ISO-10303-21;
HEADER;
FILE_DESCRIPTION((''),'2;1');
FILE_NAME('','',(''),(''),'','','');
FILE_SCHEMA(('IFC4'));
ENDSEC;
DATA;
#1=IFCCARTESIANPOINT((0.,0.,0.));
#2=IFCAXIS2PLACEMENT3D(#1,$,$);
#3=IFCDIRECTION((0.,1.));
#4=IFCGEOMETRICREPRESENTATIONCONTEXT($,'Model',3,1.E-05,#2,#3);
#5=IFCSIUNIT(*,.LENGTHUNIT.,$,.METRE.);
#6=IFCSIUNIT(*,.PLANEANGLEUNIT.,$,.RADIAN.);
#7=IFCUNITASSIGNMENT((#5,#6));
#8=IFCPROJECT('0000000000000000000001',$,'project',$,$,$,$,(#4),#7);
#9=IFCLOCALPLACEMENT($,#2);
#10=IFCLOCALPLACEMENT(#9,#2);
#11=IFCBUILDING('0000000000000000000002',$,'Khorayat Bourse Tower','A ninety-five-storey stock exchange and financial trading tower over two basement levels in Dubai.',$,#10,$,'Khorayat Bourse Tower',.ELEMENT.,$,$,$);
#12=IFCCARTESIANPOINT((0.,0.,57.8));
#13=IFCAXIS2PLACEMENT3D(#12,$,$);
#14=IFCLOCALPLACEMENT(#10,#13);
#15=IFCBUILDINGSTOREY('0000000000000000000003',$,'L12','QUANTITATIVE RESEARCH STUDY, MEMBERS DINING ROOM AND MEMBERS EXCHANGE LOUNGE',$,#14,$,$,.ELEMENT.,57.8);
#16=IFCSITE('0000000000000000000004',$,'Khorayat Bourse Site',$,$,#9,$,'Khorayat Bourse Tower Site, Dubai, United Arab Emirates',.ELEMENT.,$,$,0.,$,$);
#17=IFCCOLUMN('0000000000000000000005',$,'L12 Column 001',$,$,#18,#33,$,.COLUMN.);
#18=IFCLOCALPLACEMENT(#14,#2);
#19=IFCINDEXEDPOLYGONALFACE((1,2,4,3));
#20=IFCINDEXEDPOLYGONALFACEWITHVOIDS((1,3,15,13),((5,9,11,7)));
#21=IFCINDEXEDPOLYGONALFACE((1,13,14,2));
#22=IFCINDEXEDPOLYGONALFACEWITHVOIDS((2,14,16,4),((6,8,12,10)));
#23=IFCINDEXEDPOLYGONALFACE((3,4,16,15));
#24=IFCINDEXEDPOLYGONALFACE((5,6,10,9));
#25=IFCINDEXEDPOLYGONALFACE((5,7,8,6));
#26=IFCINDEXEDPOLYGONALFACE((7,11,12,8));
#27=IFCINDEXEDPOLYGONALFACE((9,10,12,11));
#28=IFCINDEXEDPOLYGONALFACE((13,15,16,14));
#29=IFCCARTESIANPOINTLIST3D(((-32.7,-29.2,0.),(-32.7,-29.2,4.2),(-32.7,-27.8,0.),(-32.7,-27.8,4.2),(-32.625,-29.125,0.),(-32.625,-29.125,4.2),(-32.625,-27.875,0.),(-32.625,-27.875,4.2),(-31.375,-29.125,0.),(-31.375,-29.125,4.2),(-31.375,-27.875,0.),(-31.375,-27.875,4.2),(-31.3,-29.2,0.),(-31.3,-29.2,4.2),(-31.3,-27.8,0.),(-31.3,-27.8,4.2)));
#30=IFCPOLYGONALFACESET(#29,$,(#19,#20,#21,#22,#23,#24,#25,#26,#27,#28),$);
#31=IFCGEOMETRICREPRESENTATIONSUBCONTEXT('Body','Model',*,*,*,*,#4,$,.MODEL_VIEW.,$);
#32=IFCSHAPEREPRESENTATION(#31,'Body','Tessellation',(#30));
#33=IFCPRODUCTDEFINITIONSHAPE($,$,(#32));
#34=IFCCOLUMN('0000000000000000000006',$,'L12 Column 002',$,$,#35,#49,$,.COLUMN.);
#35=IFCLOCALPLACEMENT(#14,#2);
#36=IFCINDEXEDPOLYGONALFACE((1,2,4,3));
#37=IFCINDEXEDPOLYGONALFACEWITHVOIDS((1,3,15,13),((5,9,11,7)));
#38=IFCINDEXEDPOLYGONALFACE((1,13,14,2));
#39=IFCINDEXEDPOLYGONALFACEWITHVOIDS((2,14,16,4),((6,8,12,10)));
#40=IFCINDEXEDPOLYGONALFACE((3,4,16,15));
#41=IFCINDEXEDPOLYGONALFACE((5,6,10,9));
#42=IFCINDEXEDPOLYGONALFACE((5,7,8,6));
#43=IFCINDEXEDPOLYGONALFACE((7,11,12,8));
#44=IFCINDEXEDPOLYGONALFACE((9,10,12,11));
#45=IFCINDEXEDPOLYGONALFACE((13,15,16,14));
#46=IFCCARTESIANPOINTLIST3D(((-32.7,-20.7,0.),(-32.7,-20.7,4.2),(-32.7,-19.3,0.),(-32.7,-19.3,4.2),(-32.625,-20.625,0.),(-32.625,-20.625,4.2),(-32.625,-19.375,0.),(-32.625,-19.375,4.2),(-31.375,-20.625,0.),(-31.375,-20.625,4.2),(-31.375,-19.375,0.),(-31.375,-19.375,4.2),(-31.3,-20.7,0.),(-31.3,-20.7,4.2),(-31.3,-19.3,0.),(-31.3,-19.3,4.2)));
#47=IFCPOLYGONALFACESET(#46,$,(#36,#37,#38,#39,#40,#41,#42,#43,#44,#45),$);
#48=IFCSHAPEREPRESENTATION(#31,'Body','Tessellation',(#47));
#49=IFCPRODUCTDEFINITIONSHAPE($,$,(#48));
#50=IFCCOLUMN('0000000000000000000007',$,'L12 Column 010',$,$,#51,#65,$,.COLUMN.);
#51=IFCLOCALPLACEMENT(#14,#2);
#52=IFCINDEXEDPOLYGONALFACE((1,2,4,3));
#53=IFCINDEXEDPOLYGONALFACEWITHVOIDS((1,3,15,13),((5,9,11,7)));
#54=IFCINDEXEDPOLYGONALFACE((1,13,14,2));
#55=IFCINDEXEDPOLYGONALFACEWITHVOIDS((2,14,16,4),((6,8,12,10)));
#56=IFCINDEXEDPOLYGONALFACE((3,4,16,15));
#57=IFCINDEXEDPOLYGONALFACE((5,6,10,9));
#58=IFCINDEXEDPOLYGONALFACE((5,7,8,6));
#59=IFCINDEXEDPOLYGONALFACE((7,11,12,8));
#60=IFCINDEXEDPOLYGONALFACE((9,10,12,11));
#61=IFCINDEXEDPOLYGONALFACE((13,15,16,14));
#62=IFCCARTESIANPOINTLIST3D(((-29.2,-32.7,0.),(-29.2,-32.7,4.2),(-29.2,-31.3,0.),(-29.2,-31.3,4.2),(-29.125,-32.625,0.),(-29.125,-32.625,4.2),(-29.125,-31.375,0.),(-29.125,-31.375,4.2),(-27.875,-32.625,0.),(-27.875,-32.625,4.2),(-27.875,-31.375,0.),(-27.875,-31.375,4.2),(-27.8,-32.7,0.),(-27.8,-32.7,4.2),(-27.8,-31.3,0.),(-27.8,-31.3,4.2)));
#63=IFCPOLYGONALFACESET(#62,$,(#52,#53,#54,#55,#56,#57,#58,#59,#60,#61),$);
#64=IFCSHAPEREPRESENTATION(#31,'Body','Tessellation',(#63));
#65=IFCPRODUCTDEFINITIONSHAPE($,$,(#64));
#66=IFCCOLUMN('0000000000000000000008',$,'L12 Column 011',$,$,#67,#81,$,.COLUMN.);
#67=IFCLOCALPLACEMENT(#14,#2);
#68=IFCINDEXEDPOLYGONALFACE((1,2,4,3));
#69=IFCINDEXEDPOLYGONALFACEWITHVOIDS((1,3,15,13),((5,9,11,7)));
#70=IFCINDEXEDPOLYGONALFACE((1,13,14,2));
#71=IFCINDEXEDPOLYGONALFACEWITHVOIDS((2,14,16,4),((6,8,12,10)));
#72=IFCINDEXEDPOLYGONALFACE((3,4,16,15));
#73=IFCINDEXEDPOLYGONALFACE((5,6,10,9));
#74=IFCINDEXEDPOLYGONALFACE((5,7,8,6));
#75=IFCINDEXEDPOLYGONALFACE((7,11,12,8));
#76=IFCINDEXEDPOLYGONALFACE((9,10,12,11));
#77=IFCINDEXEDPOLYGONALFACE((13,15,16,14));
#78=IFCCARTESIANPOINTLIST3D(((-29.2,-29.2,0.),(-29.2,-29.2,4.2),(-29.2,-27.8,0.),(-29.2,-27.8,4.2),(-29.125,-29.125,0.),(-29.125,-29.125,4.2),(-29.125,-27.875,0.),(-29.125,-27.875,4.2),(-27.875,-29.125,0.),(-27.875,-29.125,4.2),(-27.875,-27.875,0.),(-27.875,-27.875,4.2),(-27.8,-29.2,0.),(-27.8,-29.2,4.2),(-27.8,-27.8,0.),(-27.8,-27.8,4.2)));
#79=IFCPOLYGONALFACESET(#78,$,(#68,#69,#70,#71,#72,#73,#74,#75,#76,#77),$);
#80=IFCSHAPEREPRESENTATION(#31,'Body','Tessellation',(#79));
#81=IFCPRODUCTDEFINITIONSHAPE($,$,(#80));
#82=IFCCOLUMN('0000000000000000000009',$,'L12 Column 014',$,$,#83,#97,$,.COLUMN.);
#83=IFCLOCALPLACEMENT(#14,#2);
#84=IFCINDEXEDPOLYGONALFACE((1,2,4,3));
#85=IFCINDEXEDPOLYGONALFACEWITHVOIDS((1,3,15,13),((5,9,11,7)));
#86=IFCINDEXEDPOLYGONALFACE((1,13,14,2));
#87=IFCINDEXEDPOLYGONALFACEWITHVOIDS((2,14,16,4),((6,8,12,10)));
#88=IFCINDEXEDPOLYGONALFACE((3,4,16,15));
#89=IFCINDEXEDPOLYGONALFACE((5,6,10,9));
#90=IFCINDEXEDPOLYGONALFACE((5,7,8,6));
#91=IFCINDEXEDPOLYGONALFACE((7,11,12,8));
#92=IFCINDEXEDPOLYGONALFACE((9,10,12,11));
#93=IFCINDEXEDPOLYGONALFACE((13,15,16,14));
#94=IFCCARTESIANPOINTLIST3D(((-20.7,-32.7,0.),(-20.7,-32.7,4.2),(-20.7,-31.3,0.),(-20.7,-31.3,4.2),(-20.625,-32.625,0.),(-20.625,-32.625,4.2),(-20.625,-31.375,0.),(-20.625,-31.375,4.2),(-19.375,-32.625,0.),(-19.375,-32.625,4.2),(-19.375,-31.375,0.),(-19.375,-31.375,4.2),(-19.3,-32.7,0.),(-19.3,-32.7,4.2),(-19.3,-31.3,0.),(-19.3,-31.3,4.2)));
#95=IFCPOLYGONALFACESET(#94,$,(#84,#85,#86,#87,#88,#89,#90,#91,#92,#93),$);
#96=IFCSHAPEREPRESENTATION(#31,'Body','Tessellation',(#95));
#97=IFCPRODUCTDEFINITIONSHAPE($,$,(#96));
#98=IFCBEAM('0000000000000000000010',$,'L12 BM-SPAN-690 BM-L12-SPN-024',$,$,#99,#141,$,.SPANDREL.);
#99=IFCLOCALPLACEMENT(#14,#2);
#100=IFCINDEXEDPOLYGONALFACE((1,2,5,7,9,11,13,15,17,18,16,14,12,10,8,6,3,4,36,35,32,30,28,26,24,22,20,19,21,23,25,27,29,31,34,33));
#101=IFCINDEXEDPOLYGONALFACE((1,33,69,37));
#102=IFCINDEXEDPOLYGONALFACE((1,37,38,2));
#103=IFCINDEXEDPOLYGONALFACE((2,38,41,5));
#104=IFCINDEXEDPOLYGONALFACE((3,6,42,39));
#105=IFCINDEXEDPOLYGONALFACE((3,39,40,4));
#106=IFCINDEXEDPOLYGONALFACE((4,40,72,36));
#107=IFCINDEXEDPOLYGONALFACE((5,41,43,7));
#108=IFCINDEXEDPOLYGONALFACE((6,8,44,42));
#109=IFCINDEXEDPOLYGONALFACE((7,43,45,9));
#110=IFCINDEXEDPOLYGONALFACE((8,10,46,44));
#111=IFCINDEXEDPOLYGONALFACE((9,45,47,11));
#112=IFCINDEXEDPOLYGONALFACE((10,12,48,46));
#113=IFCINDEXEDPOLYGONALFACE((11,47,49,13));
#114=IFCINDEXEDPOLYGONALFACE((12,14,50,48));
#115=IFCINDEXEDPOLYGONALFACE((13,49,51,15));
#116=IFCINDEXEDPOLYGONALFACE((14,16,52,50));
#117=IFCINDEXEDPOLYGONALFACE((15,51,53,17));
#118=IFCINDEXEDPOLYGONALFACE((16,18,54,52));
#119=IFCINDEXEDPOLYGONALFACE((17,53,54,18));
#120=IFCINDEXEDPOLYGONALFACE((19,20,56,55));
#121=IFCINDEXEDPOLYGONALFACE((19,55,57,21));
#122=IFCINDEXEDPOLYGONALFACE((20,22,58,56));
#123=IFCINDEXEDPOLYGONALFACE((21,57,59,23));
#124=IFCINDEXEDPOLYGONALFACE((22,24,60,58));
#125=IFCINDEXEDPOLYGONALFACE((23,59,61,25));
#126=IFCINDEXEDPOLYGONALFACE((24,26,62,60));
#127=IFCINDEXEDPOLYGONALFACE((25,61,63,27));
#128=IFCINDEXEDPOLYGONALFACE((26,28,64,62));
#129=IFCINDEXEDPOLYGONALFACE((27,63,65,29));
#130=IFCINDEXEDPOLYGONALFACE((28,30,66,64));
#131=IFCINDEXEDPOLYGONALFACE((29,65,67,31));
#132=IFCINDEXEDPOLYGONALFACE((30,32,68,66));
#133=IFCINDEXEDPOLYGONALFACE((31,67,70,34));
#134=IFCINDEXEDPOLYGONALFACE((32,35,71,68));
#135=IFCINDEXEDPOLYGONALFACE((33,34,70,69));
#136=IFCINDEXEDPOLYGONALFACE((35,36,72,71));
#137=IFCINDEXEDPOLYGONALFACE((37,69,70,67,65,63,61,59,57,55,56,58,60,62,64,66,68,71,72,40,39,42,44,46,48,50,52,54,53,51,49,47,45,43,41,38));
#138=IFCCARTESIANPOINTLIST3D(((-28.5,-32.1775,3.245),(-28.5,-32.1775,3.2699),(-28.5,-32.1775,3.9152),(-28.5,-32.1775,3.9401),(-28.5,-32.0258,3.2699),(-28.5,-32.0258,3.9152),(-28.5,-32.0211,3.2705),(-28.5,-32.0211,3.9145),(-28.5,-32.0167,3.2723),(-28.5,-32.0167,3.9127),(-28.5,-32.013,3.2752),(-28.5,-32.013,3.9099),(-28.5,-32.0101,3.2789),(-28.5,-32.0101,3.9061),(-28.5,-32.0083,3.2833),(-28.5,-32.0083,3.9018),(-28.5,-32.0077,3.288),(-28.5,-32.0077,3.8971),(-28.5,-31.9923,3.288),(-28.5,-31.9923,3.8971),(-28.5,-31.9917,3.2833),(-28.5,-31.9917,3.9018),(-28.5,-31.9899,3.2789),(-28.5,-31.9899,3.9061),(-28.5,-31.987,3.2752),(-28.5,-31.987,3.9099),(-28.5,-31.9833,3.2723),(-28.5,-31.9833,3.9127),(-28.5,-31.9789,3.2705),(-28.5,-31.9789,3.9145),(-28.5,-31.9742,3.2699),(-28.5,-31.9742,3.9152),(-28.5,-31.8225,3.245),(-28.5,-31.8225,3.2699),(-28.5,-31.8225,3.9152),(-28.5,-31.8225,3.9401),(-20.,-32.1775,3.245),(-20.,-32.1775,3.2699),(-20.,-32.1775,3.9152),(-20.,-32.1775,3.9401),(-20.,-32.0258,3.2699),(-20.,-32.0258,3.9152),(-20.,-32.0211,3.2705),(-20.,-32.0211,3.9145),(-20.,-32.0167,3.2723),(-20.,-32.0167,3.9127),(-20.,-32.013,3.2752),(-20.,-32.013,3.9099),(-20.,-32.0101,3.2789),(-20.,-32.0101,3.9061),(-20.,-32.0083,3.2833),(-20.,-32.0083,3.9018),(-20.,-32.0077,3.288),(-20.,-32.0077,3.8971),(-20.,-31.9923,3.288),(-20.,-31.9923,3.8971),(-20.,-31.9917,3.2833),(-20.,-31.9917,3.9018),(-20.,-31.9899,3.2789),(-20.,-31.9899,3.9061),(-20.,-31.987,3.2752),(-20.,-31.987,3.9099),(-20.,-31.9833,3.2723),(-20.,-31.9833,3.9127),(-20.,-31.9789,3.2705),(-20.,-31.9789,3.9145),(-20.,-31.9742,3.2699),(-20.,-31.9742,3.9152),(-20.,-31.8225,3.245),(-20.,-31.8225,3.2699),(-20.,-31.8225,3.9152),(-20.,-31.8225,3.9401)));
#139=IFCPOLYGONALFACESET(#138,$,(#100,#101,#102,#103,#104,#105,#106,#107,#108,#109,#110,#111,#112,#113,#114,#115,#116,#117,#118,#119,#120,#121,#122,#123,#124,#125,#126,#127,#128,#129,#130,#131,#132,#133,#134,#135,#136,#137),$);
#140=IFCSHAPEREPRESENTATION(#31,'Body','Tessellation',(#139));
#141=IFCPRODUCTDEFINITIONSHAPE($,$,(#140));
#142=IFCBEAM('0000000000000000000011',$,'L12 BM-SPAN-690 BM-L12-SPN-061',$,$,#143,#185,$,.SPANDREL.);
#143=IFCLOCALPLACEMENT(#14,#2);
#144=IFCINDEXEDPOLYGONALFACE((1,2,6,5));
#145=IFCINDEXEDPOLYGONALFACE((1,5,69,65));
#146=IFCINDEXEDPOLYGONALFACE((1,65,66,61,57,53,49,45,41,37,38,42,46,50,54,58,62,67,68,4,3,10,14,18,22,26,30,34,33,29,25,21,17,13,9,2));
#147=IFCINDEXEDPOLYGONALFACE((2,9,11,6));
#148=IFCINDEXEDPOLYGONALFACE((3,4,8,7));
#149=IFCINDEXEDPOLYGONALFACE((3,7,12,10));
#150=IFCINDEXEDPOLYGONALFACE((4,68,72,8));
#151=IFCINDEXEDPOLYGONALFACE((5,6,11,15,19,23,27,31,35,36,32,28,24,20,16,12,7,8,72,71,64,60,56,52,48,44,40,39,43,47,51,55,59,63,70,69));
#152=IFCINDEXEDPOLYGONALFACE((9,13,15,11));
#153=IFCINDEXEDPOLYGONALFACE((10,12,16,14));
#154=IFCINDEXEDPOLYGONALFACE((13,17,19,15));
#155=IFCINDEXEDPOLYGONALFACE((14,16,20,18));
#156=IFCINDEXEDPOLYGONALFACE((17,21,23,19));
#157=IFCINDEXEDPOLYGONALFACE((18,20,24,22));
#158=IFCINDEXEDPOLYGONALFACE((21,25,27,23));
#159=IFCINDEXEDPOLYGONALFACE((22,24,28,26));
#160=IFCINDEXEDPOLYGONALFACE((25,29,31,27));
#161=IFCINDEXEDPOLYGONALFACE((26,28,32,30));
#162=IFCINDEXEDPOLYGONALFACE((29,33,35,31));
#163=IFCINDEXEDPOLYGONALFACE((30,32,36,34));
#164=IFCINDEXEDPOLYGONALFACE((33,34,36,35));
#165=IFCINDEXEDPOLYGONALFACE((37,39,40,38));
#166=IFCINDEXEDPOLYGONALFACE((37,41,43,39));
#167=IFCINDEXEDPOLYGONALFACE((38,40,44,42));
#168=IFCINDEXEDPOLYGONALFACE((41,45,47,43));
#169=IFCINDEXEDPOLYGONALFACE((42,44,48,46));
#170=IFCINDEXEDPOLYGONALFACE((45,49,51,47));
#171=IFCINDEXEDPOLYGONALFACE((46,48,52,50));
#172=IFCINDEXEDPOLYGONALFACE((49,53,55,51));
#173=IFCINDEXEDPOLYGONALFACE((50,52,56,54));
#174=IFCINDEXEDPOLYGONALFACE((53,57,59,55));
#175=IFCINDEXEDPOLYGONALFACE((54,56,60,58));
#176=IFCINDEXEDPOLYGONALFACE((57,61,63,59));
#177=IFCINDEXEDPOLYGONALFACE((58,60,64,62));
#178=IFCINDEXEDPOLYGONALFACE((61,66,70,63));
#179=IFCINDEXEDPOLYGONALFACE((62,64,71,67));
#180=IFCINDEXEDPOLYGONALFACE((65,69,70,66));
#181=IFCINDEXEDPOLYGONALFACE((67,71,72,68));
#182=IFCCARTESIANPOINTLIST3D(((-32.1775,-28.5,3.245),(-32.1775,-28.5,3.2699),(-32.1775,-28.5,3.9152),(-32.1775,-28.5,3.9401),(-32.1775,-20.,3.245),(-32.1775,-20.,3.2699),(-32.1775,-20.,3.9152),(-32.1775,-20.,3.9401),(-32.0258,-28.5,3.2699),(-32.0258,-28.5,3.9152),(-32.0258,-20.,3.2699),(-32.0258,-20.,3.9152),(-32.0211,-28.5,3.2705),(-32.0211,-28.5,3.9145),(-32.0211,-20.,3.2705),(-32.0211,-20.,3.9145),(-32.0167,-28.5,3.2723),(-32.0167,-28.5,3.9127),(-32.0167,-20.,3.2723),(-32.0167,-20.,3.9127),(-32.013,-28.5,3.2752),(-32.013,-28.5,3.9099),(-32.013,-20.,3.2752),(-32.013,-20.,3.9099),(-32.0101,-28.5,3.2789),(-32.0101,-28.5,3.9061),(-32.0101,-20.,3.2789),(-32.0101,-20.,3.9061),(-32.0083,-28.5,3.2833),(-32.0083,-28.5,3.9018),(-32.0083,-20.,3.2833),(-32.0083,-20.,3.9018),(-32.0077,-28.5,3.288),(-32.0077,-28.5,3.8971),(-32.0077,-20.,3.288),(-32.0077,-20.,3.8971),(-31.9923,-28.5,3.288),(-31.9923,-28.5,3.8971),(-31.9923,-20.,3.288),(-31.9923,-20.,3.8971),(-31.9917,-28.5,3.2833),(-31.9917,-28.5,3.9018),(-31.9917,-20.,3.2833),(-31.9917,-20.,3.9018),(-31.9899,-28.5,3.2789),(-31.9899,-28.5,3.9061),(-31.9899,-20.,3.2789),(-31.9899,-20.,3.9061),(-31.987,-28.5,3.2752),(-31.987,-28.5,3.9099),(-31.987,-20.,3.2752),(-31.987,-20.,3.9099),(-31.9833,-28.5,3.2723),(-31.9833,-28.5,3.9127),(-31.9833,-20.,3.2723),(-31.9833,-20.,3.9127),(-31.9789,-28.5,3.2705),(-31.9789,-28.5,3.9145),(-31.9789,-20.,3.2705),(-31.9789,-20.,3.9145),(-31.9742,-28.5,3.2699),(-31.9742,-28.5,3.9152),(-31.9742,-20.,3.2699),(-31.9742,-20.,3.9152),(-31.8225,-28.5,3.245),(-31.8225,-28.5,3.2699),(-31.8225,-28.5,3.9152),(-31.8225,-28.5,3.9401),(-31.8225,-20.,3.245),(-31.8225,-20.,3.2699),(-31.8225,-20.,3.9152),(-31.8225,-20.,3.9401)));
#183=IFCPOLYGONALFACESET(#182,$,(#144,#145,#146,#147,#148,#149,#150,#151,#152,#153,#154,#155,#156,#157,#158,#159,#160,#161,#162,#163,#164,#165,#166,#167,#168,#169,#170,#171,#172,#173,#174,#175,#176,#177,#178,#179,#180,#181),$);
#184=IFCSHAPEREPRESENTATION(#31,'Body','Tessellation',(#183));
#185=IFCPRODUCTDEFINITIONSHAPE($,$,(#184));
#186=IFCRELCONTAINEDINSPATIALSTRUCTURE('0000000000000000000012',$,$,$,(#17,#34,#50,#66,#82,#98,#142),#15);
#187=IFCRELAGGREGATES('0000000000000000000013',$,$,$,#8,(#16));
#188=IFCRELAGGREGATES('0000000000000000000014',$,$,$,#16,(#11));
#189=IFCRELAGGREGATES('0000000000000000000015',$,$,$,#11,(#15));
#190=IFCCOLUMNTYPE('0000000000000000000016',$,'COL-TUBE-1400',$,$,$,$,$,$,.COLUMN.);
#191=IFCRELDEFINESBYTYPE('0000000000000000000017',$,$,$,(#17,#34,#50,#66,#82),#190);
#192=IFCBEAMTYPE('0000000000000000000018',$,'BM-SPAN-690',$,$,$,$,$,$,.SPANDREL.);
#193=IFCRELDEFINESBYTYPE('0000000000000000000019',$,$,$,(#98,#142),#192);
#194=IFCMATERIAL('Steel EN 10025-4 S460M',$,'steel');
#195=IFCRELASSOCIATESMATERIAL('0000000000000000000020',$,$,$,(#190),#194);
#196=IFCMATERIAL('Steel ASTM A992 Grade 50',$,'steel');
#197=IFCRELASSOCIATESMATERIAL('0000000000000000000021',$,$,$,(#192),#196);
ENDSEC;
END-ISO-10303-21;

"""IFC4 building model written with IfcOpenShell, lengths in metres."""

from ifc_helpers import new_model, si_unit, direction, frame, origin, origin_2d, place, context, subcontext, project, spatial, hollow_rectangle, i_section, extrude, source, transform, mapped, material, material_profile, profile_set, type_object, element, save


model = new_model("IFC4")

# Units and contexts
model_context = context("Model", 3, precision=1e-05, world=origin(), true_north=direction((0.0, 1.0)))
body_context = subcontext(model_context, "Body", "Model", "MODEL_VIEW")
ifc_project = project(units=[si_unit("LENGTHUNIT", "METRE"), si_unit("PLANEANGLEUNIT", "RADIAN")], contexts=[model_context])

# Site, building, storey
site_placement = place(None, origin())
site = spatial("IfcSite", under=ifc_project, at=site_placement, Name="Khorayat Bourse Site", LongName="Khorayat Bourse Tower Site, Dubai, United Arab Emirates", CompositionType="ELEMENT", RefElevation=0.0)
building_placement = place(site_placement, origin())
building = spatial("IfcBuilding", under=site, at=building_placement, Name="Khorayat Bourse Tower", Description="A ninety-five-storey stock exchange and financial trading tower over two basement levels in Dubai.", LongName="Khorayat Bourse Tower", CompositionType="ELEMENT")
storey_placement = place(building_placement, frame((0.0, 0.0, 57.8)))
storey = spatial("IfcBuildingStorey", under=building, at=storey_placement, Name="L12", Description="QUANTITATIVE RESEARCH STUDY, MEMBERS DINING ROOM AND MEMBERS EXCHANGE LOUNGE", CompositionType="ELEMENT", Elevation=57.8)

# Columns
ifc_material_1 = material(Name="Steel EN 10025-4 S460M", Category="steel")
ifc_material_profile_1 = material_profile(ifc_material_1, hollow_rectangle(XDim=1.3999, YDim=1.3999, WallThickness=0.075, at=origin_2d()), Name="BOX 1400x1400x75")
ifc_profile_set_1 = profile_set([ifc_material_profile_1], Name="Steel EN 10025-4 S460M")
column_type = type_object("IfcColumnType", Name="COL-TUBE-1400", PredefinedType="COLUMN", material=ifc_profile_set_1)
shared_shape_1 = source(origin(), body_context, "Body", "SweptSolid", [
    extrude(hollow_rectangle(XDim=1.3999, YDim=1.3999, WallThickness=0.075, at=origin_2d()), origin(), (0.0, 0.0, 1.0), 4.2),
])
for number, where, z_axis, x_axis, name in (
    (1, (-32.0, -28.5, 0.0), (0.0, 0.0, 1.0), (1.0, 0.0, 0.0), "L12 Column 001"),
    (2, (-32.0, -20.0, 0.0), (0.0, 0.0, 1.0), (1.0, 0.0, 0.0), "L12 Column 002"),
    (3, (-28.5, -32.0, 0.0), (0.0, 0.0, 1.0), (1.0, 0.0, 0.0), "L12 Column 010"),
    (4, (-28.5, -28.5, 0.0), (0.0, 0.0, 1.0), (1.0, 0.0, 0.0), "L12 Column 011"),
    (5, (-20.0, -32.0, 0.0), (0.0, 0.0, 1.0), (1.0, 0.0, 0.0), "L12 Column 014"),
):
    element("IfcColumn", number, at=place(storey_placement, frame(where, z_axis=z_axis, x_axis=x_axis)), inside=storey, type_object=column_type, Name=name, PredefinedType="COLUMN", context=body_context, shape_type="MappedRepresentation", body=[
        mapped(shared_shape_1, transform((0.0, 0.0, 0.0), scale=1.0)),
    ])

# Beams
ifc_material_2 = material(Name="Steel ASTM A992 Grade 50", Category="steel")
ifc_material_profile_2 = material_profile(ifc_material_2, i_section(OverallWidth=0.355, OverallDepth=0.6951, WebThickness=0.0154, FlangeThickness=0.0249, FilletRadius=0.0181, at=origin_2d()), Name="W690X217")
ifc_profile_set_2 = profile_set([ifc_material_profile_2], Name="Steel ASTM A992 Grade 50")
beam_type_1 = type_object("IfcBeamType", Name="BM-SPAN-690", PredefinedType="SPANDREL", material=ifc_profile_set_2)
shared_shape_2 = source(origin(), body_context, "Body", "SweptSolid", [
    extrude(i_section(OverallWidth=0.355, OverallDepth=0.6951, WebThickness=0.0154, FlangeThickness=0.0249, FilletRadius=0.0181, at=origin_2d()), origin(), (0.0, 0.0, 1.0), 8.5),
])
for number, where, z_axis, x_axis, name in (
    (6, (-28.5, -32.0, 3.5925), (1.0, 0.0, 0.0), (0.0, 1.0, 0.0), "L12 BM-SPAN-690 BM-L12-SPN-024"),
    (7, (-32.0, -28.5, 3.5925), (0.0, 1.0, 0.0), (-1.0, 0.0, 0.0), "L12 BM-SPAN-690 BM-L12-SPN-061"),
):
    element("IfcBeam", number, at=place(storey_placement, frame(where, z_axis=z_axis, x_axis=x_axis)), inside=storey, type_object=beam_type_1, Name=name, PredefinedType="SPANDREL", context=body_context, shape_type="MappedRepresentation", body=[
        mapped(shared_shape_2, transform((0.0, 0.0, 0.0), scale=1.0)),
    ])

save(model, "model.ifc")
